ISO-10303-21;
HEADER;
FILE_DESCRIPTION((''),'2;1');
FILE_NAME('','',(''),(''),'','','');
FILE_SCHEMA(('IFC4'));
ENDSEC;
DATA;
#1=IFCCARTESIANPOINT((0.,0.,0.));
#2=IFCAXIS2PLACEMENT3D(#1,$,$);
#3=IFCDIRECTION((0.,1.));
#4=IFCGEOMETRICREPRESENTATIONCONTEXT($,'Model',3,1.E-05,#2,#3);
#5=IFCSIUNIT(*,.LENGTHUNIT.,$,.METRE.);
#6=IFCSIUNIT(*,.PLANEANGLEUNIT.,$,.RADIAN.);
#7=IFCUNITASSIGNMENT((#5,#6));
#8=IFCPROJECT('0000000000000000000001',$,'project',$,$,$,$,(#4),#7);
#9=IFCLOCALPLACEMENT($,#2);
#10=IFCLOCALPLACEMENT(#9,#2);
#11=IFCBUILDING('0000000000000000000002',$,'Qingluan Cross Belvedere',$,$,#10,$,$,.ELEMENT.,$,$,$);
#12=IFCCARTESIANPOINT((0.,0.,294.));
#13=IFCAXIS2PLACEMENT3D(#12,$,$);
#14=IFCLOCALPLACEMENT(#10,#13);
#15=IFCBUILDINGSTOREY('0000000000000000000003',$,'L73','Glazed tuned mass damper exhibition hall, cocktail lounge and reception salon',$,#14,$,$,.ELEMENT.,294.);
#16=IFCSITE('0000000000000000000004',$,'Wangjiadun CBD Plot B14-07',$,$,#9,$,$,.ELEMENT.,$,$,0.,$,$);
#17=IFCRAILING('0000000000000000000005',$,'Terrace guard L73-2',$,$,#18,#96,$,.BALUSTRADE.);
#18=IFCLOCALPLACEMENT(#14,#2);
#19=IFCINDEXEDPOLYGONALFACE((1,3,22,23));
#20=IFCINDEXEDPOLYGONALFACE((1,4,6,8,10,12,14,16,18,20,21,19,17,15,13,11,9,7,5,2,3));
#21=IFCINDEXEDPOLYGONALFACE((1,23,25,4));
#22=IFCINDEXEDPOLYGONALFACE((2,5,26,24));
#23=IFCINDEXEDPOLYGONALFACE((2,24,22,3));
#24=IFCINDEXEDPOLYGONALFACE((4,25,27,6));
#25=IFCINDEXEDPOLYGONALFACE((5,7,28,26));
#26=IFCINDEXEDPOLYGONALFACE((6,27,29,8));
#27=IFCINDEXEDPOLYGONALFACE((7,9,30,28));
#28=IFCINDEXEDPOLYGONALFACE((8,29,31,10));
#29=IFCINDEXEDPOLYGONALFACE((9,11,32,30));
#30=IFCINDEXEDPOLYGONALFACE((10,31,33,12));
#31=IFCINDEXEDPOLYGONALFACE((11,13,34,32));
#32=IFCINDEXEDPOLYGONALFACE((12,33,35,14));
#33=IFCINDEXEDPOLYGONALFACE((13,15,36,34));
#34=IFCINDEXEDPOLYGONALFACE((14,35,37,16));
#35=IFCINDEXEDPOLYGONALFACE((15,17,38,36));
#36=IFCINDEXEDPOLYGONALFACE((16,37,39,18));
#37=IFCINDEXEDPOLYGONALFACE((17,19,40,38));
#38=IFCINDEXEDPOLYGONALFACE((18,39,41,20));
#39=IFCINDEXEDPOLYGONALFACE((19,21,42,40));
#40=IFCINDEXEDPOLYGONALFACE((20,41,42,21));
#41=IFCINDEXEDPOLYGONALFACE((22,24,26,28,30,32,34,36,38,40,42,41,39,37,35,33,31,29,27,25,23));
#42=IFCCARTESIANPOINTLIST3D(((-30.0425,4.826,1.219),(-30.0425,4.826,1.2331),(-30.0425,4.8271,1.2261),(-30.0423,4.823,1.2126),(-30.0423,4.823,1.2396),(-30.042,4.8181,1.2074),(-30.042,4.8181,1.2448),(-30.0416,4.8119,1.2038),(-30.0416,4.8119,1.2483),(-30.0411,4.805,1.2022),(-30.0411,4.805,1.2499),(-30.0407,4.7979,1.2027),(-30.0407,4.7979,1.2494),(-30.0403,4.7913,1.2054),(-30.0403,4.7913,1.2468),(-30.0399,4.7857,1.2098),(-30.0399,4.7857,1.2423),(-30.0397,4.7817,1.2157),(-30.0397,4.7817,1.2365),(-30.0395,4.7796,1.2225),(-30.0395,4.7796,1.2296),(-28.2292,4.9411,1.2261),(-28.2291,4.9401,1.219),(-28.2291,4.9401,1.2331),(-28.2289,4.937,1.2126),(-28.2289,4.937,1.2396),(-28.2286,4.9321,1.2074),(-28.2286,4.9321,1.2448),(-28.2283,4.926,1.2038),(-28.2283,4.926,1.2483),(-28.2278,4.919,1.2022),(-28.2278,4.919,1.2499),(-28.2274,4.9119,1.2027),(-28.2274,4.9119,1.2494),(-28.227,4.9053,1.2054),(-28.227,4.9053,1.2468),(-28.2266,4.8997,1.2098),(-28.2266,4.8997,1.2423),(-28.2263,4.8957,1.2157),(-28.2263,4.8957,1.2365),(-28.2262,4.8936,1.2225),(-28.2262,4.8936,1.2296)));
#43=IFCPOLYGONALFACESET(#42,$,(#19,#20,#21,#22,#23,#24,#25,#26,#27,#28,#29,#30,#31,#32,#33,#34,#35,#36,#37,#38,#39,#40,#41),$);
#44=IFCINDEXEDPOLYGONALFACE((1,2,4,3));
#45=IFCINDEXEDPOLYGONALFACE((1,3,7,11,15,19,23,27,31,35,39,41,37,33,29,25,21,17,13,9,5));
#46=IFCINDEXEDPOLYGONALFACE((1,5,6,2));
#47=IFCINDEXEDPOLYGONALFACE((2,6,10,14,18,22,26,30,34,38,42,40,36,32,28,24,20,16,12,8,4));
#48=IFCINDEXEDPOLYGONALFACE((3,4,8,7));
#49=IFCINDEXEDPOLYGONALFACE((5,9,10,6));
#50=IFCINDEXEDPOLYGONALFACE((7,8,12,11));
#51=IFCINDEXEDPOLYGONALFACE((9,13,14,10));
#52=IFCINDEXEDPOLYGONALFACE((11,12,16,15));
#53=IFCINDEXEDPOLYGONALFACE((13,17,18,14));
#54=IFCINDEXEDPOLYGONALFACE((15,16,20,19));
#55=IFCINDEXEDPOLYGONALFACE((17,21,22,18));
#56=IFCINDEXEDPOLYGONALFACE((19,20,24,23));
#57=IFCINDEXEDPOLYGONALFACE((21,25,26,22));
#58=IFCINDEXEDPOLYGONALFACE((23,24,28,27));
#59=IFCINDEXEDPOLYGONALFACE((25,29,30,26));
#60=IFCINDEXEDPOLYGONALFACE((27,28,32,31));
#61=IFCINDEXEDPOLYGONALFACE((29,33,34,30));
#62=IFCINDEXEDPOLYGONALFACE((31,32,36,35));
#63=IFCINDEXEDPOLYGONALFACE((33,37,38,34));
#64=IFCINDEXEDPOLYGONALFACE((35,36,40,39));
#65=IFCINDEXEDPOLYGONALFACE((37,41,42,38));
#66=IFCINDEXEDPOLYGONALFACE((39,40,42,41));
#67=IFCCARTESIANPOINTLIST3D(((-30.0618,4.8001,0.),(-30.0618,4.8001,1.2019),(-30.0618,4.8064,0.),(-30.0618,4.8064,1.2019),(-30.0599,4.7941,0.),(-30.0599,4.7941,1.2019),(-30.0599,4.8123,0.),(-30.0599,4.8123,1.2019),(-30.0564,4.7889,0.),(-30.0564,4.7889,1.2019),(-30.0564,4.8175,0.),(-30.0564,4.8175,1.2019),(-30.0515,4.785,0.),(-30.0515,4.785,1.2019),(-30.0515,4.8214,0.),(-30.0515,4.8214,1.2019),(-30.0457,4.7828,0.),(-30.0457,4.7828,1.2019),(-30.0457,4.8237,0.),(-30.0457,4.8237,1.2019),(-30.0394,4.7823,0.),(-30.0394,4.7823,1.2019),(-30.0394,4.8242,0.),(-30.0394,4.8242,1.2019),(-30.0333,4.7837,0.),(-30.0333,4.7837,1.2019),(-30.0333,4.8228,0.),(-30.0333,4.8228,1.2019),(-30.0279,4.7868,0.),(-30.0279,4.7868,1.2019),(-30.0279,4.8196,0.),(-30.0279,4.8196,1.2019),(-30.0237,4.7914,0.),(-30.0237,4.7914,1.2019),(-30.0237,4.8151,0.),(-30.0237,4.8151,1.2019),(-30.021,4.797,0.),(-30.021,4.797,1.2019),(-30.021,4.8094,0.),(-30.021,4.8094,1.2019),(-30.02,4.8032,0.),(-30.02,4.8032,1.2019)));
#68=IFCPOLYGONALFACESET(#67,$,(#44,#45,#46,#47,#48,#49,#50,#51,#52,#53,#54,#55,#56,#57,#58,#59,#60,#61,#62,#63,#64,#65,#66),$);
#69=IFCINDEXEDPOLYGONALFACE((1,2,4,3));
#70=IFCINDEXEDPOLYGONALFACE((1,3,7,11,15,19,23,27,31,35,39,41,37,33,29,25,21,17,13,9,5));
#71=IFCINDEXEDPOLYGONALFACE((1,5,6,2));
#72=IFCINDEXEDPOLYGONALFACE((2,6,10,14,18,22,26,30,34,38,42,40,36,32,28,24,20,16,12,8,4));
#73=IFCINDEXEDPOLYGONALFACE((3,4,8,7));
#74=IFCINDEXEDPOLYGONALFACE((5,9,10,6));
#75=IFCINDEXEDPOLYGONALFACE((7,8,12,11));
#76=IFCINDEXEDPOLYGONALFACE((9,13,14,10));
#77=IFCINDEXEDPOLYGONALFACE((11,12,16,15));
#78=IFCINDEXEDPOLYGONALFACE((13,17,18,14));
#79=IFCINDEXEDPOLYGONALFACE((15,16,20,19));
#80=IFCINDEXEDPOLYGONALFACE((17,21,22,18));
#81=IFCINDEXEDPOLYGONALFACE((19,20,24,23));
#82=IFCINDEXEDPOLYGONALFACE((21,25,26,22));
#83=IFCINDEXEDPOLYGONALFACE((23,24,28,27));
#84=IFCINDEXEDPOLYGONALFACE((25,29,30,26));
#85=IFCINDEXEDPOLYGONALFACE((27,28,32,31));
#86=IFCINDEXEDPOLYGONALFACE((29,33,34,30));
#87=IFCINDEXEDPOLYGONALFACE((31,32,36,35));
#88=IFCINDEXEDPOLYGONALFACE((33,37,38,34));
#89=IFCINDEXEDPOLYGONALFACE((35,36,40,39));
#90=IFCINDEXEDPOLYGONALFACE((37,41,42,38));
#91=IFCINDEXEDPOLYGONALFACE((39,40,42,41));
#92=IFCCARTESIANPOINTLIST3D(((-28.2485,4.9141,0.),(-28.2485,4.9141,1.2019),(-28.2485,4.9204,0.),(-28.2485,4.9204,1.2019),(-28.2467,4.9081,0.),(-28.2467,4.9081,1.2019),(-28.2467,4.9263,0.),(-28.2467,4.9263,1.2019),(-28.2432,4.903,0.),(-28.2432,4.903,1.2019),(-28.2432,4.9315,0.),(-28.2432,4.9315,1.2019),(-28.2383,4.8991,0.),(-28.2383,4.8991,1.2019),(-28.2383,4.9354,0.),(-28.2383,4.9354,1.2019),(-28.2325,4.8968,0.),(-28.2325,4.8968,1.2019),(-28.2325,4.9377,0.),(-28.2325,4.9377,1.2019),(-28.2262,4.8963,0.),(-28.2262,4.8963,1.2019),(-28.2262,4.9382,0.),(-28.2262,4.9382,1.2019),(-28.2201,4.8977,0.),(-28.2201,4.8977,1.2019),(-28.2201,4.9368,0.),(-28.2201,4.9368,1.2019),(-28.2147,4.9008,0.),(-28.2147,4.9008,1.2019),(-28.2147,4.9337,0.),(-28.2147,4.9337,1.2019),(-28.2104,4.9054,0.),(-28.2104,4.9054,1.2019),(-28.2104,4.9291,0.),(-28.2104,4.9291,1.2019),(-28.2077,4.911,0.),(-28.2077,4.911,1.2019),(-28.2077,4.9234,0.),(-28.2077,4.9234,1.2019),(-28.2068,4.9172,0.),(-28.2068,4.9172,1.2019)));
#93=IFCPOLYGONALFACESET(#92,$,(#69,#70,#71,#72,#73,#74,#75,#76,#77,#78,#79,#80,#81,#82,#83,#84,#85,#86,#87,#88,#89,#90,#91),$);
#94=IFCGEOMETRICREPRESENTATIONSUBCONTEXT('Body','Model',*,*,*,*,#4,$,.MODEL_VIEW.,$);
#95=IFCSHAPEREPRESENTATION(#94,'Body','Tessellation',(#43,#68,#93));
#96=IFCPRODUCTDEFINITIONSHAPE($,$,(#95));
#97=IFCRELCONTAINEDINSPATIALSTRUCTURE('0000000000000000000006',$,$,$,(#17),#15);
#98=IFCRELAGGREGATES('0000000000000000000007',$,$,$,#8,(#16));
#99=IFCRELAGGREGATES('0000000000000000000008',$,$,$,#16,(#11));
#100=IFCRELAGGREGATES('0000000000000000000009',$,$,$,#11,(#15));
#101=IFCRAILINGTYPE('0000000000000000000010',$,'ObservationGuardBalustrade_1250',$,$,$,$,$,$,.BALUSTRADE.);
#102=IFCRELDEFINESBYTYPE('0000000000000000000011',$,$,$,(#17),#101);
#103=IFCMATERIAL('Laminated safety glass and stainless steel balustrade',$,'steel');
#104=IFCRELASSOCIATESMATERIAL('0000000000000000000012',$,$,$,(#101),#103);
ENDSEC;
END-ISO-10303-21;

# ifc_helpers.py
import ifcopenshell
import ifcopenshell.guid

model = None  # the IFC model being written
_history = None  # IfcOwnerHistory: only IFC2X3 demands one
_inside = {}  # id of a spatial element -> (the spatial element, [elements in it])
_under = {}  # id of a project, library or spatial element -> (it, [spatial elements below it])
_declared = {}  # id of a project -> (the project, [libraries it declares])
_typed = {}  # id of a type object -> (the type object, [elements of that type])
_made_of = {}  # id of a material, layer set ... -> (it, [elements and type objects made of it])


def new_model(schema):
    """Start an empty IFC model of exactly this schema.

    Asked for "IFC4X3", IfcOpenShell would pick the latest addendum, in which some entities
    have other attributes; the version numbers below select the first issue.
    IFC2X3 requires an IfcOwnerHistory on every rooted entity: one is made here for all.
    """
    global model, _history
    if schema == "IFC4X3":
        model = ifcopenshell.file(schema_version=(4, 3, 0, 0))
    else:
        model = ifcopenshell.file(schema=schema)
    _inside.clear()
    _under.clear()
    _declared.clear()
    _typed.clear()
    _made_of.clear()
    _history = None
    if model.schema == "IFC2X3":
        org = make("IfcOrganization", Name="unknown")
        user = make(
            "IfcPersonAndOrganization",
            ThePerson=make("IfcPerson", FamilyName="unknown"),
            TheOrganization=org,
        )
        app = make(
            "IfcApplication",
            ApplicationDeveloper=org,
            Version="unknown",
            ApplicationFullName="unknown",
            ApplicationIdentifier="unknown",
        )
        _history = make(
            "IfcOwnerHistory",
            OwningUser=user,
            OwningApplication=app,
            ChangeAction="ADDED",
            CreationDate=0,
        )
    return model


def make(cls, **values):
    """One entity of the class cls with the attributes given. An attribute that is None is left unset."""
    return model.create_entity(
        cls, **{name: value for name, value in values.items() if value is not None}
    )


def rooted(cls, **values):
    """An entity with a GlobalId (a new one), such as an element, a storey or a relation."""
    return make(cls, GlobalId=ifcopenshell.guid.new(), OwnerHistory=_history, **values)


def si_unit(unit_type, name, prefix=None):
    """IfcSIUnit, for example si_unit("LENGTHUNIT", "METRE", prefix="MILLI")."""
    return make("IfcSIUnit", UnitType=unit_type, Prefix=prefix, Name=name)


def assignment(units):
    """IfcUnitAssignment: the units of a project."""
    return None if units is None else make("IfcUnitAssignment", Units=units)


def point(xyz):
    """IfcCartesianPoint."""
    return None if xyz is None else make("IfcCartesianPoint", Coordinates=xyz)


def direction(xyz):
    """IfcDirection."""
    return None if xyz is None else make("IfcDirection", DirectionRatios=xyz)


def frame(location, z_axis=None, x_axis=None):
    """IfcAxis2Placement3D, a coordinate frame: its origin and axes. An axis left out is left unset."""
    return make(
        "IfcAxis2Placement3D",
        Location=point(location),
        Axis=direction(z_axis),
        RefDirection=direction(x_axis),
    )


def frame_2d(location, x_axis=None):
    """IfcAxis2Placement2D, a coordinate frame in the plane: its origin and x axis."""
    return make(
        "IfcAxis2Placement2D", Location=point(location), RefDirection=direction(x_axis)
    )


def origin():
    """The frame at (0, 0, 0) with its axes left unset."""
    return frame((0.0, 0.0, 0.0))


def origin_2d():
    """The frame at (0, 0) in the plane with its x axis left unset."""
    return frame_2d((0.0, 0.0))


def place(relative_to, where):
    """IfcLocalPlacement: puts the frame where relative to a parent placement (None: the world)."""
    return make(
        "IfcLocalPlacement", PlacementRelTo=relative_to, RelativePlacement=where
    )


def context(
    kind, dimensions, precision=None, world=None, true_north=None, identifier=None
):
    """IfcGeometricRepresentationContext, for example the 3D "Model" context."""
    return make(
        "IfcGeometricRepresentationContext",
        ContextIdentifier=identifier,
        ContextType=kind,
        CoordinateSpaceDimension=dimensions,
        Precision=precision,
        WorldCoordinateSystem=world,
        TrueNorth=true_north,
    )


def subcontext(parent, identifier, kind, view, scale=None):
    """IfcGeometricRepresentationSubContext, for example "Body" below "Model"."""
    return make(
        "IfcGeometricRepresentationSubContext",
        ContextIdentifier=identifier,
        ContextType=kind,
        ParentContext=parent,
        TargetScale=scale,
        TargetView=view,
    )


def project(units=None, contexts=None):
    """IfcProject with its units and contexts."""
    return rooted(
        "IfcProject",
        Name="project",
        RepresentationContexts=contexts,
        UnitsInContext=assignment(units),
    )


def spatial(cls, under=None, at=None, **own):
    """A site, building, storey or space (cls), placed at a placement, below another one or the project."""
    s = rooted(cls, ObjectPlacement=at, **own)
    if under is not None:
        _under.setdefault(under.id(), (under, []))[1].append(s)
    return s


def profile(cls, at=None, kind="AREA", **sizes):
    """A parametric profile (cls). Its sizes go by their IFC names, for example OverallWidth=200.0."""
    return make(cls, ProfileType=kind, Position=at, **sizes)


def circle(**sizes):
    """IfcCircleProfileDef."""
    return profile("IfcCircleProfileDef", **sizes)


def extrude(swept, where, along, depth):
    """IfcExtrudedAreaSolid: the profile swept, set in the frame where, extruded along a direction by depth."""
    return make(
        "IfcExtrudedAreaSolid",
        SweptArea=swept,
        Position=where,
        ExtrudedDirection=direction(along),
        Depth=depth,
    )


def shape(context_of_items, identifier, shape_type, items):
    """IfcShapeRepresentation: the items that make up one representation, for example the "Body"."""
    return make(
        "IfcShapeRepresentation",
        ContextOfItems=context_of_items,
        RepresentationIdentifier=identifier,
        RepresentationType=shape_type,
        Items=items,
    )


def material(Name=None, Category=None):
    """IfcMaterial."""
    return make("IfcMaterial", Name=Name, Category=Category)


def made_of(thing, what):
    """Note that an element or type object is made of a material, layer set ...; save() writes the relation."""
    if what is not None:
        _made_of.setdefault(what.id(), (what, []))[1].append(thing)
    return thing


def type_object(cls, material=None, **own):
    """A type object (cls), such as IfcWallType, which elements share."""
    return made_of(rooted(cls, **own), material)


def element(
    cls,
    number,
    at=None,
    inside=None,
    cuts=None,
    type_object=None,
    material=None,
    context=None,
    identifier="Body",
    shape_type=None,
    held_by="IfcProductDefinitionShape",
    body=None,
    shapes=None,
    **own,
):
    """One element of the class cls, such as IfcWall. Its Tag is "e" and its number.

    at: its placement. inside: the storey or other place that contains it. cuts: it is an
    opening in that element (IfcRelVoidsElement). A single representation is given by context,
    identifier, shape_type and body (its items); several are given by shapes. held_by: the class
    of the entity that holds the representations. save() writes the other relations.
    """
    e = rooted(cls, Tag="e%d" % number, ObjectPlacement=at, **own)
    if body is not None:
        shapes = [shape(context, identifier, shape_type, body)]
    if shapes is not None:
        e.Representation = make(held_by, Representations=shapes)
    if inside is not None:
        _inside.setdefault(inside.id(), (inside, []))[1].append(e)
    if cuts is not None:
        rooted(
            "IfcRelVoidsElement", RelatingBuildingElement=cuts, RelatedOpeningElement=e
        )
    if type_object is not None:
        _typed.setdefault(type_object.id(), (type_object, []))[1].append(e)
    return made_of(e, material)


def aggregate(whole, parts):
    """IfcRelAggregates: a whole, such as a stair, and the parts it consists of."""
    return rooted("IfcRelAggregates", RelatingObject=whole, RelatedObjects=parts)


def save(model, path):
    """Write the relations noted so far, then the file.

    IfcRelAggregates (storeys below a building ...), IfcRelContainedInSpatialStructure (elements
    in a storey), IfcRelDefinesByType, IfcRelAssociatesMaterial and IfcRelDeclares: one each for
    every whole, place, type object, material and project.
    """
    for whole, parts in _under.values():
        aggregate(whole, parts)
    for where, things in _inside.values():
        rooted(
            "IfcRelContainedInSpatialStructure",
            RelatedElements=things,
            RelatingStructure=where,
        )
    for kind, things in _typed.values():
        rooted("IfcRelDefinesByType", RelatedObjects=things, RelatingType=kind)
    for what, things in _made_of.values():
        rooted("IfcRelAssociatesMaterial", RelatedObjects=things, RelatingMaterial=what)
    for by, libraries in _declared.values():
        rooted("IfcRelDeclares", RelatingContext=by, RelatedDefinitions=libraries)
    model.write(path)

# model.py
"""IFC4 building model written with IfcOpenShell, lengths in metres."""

from ifc_helpers import new_model, si_unit, direction, frame, origin, origin_2d, place, context, subcontext, project, spatial, circle, extrude, material, type_object, element, save


model = new_model("IFC4")

# Units and contexts
model_context = context("Model", 3, precision=1e-05, world=origin(), true_north=direction((0.0, 1.0)))
body_context = subcontext(model_context, "Body", "Model", "MODEL_VIEW")
ifc_project = project(units=[si_unit("LENGTHUNIT", "METRE"), si_unit("PLANEANGLEUNIT", "RADIAN")], contexts=[model_context])

# Site, building, storey
site_placement = place(None, origin())
site = spatial("IfcSite", under=ifc_project, at=site_placement, Name="Wangjiadun CBD Plot B14-07", CompositionType="ELEMENT", RefElevation=0.0)
building_placement = place(site_placement, origin())
building = spatial("IfcBuilding", under=site, at=building_placement, Name="Qingluan Cross Belvedere", CompositionType="ELEMENT")
storey_placement = place(building_placement, frame((0.0, 0.0, 294.0)))
storey = spatial("IfcBuildingStorey", under=building, at=storey_placement, Name="L73", Description="Glazed tuned mass damper exhibition hall, cocktail lounge and reception salon", CompositionType="ELEMENT", Elevation=294.0)

# Railing
ifc_material_1 = material(Name="Laminated safety glass and stainless steel balustrade", Category="steel")
railing_type = type_object("IfcRailingType", Name="ObservationGuardBalustrade_1250", PredefinedType="BALUSTRADE", material=ifc_material_1)
railing_placement = place(storey_placement, frame((-30.041, 4.8032, 0.0)))
element("IfcRailing", 1, at=railing_placement, inside=storey, type_object=railing_type, Name="Terrace guard L73-2", PredefinedType="BALUSTRADE", context=body_context, shape_type="SweptSolid", body=[
    extrude(circle(Radius=0.0239, at=origin_2d()), frame((0.0, 0.0, 1.2261), z_axis=(0.998029, 0.062755, 0.0), x_axis=(-0.062755, 0.998029, 0.0)), (0.0, 0.0, 1.0), 1.8169),
    extrude(circle(Radius=0.021, at=origin_2d()), origin(), (0.0, 0.0, 1.0), 1.2019),
    extrude(circle(Radius=0.021, at=origin_2d()), frame((1.8132, 0.114, 0.0)), (0.0, 0.0, 1.0), 1.2019),
])

save(model, "model.ifc")
